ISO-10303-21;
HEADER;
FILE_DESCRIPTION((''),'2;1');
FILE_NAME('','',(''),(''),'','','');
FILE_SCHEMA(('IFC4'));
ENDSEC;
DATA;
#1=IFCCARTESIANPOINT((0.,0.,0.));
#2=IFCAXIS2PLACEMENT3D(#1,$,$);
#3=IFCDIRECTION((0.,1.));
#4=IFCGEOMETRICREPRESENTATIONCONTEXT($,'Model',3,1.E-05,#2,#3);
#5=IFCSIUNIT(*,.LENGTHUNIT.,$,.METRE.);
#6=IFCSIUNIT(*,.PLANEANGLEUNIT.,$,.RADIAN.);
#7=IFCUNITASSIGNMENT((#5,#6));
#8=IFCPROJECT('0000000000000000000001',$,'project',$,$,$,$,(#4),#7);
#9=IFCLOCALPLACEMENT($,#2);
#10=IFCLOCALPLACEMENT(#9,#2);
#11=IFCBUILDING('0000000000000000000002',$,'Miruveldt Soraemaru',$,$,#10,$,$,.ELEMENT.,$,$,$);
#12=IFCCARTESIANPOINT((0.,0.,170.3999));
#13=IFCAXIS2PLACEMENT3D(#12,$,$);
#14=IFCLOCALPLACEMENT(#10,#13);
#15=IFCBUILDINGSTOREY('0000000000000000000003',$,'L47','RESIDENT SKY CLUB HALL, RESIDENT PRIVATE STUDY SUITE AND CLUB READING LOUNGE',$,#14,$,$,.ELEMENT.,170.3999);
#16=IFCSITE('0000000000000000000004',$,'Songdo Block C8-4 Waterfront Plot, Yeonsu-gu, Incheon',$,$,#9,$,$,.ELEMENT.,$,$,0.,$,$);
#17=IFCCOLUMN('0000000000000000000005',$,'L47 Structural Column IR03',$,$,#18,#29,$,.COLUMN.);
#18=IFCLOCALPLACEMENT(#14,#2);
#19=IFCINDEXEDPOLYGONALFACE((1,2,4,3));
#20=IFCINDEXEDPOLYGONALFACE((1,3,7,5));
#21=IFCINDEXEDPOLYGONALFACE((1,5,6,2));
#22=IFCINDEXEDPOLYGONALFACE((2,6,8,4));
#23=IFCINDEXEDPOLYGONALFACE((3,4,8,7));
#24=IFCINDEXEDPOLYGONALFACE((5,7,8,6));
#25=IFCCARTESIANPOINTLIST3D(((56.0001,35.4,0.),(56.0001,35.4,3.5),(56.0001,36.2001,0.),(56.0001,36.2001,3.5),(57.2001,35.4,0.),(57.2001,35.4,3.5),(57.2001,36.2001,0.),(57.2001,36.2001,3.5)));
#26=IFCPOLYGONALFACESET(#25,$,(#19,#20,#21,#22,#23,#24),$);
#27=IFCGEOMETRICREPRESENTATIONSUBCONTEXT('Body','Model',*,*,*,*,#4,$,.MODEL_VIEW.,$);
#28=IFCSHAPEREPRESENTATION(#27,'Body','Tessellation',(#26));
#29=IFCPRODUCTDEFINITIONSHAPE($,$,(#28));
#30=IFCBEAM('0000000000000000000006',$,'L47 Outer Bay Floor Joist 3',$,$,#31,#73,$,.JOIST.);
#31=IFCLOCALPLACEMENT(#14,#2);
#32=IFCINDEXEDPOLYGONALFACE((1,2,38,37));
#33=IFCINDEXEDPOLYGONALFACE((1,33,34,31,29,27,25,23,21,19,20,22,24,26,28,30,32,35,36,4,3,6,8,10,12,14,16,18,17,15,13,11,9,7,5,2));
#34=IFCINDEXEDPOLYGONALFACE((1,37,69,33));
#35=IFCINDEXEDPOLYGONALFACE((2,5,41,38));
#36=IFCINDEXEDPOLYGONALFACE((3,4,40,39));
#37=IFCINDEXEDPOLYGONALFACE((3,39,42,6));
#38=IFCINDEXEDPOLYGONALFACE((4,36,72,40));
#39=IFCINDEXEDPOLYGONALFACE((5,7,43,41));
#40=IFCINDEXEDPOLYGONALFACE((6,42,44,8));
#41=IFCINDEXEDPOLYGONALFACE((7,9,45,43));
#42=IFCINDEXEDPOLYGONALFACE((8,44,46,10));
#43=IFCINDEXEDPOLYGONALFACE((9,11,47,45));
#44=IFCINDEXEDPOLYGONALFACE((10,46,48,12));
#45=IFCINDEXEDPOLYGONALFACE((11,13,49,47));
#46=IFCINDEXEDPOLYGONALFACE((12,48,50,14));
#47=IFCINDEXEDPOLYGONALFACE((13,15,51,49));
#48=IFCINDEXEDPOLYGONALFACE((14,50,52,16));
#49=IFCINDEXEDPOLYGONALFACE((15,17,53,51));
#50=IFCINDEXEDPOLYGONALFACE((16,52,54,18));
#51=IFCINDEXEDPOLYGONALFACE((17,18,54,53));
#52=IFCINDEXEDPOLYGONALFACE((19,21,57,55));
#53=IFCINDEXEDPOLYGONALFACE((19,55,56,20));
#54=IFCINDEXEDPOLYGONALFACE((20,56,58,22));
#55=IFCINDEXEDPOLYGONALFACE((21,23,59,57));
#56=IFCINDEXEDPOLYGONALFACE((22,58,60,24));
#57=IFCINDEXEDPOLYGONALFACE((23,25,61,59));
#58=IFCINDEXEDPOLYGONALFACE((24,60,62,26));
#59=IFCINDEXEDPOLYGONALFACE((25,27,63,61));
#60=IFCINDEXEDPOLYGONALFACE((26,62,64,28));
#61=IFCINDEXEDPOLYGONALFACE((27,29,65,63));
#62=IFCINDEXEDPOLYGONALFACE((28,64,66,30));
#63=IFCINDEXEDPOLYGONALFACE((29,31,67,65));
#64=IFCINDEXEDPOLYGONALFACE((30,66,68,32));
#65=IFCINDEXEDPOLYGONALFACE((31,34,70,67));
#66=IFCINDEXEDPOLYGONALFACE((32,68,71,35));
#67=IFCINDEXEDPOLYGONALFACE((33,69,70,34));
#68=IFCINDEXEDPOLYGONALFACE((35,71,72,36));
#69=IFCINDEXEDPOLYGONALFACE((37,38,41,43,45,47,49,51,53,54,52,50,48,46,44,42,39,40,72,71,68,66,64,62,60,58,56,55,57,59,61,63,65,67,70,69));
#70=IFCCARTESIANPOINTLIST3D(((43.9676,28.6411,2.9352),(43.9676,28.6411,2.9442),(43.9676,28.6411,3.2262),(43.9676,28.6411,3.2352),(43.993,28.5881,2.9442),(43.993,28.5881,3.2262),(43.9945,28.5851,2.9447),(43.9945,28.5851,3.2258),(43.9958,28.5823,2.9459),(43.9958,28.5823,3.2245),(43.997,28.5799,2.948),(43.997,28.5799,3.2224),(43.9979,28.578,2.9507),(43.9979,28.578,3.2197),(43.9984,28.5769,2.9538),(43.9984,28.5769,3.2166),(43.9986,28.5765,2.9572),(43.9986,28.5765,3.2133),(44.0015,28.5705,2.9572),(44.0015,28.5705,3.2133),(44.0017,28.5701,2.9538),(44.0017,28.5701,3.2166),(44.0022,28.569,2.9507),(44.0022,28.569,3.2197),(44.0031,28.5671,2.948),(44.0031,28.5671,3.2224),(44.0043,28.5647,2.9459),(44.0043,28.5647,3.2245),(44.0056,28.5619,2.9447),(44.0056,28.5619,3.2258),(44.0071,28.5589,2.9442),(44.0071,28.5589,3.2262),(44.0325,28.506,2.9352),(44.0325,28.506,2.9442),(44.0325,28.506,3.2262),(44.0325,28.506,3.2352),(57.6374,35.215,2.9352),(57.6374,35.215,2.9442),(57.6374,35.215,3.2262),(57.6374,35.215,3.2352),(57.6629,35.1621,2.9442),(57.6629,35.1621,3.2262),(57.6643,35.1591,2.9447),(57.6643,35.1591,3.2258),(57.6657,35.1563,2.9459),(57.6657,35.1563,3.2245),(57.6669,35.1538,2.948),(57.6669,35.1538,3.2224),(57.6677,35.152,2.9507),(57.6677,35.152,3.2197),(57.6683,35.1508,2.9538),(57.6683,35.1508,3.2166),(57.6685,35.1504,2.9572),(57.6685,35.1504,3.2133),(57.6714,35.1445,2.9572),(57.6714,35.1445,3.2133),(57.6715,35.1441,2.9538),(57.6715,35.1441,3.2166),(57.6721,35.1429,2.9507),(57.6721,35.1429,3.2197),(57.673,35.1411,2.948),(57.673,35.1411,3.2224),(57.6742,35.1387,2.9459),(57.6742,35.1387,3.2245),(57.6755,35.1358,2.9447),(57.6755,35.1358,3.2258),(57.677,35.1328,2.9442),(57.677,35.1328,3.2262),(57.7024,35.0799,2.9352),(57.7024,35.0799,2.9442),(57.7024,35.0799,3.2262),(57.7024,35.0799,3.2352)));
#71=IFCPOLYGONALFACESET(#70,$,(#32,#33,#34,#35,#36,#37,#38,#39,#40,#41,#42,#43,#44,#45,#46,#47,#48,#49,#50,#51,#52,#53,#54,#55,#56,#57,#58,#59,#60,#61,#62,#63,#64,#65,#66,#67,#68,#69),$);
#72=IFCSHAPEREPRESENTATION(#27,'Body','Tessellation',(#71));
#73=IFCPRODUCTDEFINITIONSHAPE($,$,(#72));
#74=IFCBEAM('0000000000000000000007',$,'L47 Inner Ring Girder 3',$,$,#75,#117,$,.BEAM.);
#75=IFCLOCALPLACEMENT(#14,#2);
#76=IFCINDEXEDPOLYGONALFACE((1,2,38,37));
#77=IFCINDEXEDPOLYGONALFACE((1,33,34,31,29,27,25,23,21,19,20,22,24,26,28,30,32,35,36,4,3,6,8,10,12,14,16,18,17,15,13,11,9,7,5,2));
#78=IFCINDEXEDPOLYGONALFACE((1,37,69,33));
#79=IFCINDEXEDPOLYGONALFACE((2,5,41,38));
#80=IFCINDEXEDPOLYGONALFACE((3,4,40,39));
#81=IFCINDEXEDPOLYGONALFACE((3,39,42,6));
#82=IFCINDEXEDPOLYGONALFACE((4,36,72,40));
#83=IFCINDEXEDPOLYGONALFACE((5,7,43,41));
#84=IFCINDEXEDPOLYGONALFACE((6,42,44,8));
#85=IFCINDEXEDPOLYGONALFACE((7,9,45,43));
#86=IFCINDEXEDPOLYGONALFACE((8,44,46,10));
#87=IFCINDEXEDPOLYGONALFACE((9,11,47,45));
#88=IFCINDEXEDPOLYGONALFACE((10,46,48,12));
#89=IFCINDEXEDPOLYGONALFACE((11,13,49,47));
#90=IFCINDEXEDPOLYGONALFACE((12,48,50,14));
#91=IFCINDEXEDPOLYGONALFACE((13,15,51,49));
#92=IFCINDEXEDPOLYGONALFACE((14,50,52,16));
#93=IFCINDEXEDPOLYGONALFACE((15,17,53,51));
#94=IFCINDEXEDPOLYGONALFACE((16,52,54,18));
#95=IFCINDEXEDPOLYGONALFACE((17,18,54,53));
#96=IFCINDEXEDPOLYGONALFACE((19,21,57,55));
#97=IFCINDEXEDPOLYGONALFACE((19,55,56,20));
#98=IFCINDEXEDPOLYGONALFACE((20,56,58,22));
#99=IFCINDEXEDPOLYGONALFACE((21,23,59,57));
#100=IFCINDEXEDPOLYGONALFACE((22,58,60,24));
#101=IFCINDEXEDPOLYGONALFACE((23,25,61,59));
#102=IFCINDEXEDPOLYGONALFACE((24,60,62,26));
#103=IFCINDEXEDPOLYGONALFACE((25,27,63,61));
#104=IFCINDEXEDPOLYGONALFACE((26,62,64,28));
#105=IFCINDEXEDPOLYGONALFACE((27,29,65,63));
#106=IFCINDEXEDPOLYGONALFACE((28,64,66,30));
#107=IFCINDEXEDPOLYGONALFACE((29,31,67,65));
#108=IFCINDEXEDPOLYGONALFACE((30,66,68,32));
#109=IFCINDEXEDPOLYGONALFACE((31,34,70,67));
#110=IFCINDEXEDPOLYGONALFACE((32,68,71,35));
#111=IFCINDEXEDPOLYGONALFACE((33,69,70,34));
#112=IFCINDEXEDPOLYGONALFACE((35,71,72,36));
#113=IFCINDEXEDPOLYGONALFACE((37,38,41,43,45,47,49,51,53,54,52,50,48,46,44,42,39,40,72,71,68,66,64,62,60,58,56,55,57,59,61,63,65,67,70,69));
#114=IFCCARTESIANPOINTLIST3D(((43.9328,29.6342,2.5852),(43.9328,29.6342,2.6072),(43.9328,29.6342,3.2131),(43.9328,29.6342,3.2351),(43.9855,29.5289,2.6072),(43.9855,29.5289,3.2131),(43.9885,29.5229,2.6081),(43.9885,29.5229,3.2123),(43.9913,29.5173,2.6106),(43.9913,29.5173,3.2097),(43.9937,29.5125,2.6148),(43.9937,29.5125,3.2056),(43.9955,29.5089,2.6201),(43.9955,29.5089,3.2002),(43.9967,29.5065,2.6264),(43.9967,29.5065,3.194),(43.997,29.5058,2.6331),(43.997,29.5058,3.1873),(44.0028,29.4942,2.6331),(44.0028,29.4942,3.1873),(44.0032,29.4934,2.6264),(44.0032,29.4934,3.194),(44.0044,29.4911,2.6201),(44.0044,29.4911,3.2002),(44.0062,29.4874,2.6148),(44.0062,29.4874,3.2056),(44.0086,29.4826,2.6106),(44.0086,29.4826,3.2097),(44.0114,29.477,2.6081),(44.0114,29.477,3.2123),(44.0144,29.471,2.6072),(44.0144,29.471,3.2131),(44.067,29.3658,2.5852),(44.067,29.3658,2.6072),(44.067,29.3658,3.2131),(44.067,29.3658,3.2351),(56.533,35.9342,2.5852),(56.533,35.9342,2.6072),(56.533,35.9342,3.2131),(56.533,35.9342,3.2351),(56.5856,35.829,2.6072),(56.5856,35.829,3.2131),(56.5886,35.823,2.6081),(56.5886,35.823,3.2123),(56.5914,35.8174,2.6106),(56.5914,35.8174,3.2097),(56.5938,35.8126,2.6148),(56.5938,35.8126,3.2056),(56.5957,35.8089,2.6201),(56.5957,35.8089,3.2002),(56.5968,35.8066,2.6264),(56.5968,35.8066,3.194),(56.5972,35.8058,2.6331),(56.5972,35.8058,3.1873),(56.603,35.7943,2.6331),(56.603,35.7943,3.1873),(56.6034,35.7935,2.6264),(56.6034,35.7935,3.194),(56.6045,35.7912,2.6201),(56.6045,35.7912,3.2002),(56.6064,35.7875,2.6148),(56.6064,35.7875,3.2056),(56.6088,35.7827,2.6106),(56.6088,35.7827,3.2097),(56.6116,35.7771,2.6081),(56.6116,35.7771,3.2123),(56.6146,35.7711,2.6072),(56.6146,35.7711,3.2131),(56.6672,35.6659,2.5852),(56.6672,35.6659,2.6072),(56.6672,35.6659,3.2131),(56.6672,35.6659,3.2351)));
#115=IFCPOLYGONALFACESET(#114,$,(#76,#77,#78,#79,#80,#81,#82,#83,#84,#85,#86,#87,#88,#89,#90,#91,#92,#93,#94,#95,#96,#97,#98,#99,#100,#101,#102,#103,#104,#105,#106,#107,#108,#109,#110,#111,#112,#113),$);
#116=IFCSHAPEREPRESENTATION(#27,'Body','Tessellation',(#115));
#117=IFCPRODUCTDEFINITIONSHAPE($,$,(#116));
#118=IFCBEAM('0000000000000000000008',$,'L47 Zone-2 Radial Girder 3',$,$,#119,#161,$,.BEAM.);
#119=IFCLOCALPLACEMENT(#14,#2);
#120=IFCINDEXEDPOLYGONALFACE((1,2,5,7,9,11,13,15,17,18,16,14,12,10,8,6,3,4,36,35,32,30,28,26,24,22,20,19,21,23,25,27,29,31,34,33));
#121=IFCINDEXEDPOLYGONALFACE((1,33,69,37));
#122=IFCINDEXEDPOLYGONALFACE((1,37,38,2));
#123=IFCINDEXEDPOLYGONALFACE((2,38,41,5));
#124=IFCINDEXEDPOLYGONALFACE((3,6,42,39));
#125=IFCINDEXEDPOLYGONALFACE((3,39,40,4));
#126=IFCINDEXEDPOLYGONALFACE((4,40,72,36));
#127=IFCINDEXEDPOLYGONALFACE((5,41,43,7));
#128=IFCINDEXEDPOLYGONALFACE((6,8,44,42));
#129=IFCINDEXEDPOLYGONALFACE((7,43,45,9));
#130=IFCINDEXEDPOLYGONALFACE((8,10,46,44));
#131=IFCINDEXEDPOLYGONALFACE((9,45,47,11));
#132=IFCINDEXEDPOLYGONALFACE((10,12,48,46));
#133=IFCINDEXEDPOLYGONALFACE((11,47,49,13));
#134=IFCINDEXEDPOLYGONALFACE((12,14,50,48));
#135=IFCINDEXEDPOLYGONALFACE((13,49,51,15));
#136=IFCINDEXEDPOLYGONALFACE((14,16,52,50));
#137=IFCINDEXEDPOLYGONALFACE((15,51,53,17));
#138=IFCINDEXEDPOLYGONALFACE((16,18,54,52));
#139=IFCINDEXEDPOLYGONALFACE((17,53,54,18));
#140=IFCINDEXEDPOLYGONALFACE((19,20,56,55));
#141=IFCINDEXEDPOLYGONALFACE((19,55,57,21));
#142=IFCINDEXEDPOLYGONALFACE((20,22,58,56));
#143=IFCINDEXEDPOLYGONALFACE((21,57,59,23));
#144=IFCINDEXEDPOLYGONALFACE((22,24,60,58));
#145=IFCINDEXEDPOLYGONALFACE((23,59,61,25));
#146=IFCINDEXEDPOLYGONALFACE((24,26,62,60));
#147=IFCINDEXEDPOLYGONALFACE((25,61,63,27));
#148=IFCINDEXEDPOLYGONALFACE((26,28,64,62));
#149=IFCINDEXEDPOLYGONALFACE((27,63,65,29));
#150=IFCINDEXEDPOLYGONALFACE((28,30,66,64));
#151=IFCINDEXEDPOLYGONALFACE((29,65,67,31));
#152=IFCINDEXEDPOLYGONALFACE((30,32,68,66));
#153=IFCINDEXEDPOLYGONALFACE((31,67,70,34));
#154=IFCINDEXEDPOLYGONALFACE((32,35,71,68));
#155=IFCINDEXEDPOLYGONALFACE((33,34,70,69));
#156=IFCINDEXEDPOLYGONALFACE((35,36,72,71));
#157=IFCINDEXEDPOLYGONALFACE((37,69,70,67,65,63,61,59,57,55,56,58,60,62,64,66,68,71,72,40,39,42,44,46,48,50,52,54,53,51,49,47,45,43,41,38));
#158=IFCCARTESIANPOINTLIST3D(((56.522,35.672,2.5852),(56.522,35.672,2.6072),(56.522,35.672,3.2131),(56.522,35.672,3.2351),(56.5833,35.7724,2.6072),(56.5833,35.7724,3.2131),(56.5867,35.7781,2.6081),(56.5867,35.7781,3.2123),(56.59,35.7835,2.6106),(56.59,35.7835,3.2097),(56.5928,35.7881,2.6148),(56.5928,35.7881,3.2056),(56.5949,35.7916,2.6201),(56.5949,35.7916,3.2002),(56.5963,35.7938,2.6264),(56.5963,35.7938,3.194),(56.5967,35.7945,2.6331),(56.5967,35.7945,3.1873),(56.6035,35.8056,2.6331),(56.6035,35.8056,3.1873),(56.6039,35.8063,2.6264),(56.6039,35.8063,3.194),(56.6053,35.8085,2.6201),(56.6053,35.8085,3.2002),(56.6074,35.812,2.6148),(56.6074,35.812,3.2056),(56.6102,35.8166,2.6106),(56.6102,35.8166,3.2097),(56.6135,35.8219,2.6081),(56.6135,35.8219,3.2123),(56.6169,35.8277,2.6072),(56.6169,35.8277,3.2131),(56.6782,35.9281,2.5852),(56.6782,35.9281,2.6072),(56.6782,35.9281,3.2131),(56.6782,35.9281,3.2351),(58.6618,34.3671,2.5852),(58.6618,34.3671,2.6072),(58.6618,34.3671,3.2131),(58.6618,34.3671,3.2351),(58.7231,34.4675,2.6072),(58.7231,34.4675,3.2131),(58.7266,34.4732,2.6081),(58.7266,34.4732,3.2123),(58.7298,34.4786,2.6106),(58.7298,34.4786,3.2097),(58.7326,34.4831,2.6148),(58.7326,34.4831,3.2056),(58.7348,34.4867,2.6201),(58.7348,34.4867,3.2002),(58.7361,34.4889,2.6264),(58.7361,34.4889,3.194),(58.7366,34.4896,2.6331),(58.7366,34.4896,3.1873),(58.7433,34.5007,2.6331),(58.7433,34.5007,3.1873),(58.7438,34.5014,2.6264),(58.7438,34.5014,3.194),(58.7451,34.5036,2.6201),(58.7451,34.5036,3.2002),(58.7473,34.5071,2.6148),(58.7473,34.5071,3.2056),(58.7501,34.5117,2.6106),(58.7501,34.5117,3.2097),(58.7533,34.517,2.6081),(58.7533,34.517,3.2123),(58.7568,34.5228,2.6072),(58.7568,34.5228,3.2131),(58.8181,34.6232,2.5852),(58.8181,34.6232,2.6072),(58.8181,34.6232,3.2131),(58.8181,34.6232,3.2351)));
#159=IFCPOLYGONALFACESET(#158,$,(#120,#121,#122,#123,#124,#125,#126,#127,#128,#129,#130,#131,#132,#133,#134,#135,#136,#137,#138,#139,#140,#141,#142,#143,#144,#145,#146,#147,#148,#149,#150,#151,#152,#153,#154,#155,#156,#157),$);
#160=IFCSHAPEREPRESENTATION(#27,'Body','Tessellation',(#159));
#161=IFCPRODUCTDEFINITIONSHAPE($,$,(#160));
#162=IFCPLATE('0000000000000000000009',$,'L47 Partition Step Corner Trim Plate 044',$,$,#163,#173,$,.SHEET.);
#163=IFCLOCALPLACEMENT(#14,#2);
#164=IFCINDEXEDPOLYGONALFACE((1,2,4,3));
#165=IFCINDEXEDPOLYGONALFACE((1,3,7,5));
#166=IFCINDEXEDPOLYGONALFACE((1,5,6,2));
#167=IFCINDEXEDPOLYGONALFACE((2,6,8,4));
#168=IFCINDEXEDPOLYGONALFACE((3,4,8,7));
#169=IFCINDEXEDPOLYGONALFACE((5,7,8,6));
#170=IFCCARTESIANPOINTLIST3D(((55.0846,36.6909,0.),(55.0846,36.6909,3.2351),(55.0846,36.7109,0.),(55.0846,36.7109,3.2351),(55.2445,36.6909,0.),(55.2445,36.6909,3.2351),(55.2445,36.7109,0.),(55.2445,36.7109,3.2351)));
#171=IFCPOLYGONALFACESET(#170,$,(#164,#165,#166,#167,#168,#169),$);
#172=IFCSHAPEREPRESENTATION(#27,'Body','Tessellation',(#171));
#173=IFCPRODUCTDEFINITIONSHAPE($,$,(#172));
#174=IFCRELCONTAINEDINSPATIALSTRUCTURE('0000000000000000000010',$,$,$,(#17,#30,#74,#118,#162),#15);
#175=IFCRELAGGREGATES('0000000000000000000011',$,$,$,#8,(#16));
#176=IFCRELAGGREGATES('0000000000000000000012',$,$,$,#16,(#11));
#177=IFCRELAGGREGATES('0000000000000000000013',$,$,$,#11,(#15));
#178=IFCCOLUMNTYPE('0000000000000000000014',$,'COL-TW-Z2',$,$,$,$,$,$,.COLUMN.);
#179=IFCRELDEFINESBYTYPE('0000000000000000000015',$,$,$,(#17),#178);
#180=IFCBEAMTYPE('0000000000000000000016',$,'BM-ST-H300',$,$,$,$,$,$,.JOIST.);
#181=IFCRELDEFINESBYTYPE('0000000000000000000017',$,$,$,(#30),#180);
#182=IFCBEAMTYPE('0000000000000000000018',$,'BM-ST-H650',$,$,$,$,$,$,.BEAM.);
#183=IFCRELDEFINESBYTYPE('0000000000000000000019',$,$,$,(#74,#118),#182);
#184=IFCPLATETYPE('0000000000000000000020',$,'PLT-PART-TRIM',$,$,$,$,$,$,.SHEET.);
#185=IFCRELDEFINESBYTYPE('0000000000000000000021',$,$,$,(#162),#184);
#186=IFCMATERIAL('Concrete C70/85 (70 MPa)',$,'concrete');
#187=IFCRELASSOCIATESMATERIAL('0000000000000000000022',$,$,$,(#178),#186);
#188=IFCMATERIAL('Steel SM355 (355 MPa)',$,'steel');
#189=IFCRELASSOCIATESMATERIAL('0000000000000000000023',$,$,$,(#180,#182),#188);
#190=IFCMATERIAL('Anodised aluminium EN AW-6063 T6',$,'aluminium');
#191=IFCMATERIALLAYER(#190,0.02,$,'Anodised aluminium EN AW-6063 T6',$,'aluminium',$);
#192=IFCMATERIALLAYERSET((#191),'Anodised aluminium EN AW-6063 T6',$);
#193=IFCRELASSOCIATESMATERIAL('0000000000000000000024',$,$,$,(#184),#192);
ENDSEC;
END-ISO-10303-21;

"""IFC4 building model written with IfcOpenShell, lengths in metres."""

from ifc_helpers import new_model, si_unit, direction, frame, origin, origin_2d, place, context, subcontext, project, spatial, rectangle, i_section, extrude, material, layer, layer_set, material_profile, profile_set, type_object, element, save


model = new_model("IFC4")

# Units and contexts
model_context = context("Model", 3, precision=1e-05, world=origin(), true_north=direction((0.0, 1.0)))
body_context = subcontext(model_context, "Body", "Model", "MODEL_VIEW")
ifc_project = project(units=[si_unit("LENGTHUNIT", "METRE"), si_unit("PLANEANGLEUNIT", "RADIAN")], contexts=[model_context])

# Site, building, storey
site_placement = place(None, origin())
site = spatial("IfcSite", under=ifc_project, at=site_placement, Name="Songdo Block C8-4 Waterfront Plot, Yeonsu-gu, Incheon", CompositionType="ELEMENT", RefElevation=0.0)
building_placement = place(site_placement, origin())
building = spatial("IfcBuilding", under=site, at=building_placement, Name="Miruveldt Soraemaru", CompositionType="ELEMENT")
storey_placement = place(building_placement, frame((0.0, 0.0, 170.3999)))
storey = spatial("IfcBuildingStorey", under=building, at=storey_placement, Name="L47", Description="RESIDENT SKY CLUB HALL, RESIDENT PRIVATE STUDY SUITE AND CLUB READING LOUNGE", CompositionType="ELEMENT", Elevation=170.3999)

# Column
ifc_material_1 = material(Name="Concrete C70/85 (70 MPa)", Category="concrete")
ifc_material_profile_1 = material_profile(ifc_material_1, rectangle(XDim=1.2, YDim=0.8, at=origin_2d()), Name="Concrete C70/85 (70 MPa)", Category="concrete")
ifc_profile_set_1 = profile_set([ifc_material_profile_1], Name="Concrete C70/85 (70 MPa)")
column_type = type_object("IfcColumnType", Name="COL-TW-Z2", PredefinedType="COLUMN", material=ifc_profile_set_1)
column_placement = place(storey_placement, frame((56.6001, 35.8, 0.0), z_axis=(0.0, 0.0, 1.0), x_axis=(1.0, 0.0, 0.0)))
element("IfcColumn", 1, at=column_placement, inside=storey, type_object=column_type, Name="L47 Structural Column IR03", PredefinedType="COLUMN", context=body_context, shape_type="SweptSolid", body=[
    extrude(rectangle(XDim=1.2, YDim=0.8, at=origin_2d()), origin(), (0.0, 0.0, 1.0), 3.5),
])

# Beams
ifc_material_2 = material(Name="Steel SM355 (355 MPa)", Category="steel")
ifc_material_profile_2 = material_profile(ifc_material_2, i_section(OverallWidth=0.1499, OverallDepth=0.3, WebThickness=0.0066, FlangeThickness=0.009, FilletRadius=0.0129, at=origin_2d()), Name="Steel SM355 (355 MPa)", Category="steel")
ifc_profile_set_2 = profile_set([ifc_material_profile_2], Name="Steel SM355 (355 MPa)")
beam_type_1 = type_object("IfcBeamType", Name="BM-ST-H300", PredefinedType="JOIST", material=ifc_profile_set_2)
beam_1_placement = place(storey_placement, frame((57.6699, 35.1475, 3.0852), z_axis=(-0.901204, -0.433396, 0.0), x_axis=(0.433396, -0.901204, 0.0)))
element("IfcBeam", 2, at=beam_1_placement, inside=storey, type_object=beam_type_1, Name="L47 Outer Bay Floor Joist 3", PredefinedType="JOIST", context=body_context, shape_type="SweptSolid", body=[
    extrude(i_section(OverallWidth=0.1499, OverallDepth=0.3, WebThickness=0.0066, FlangeThickness=0.009, FilletRadius=0.0129, at=origin_2d()), origin(), (0.0, 0.0, 1.0), 15.1685),
])
ifc_material_profile_3 = material_profile(ifc_material_2, i_section(OverallWidth=0.3, OverallDepth=0.6499, WebThickness=0.0129, FlangeThickness=0.022, FilletRadius=0.0259, at=origin_2d()), Name="Steel SM355 (355 MPa)", Category="steel")
ifc_profile_set_3 = profile_set([ifc_material_profile_3], Name="Steel SM355 (355 MPa)")
beam_type_2 = type_object("IfcBeamType", Name="BM-ST-H650", PredefinedType="BEAM", material=ifc_profile_set_3)
beam_2_placement = place(storey_placement, frame((56.6001, 35.8, 2.9102), z_axis=(-0.894427, -0.447214, 0.0), x_axis=(0.447214, -0.894427, 0.0)))
element("IfcBeam", 3, at=beam_2_placement, inside=storey, type_object=beam_type_2, Name="L47 Inner Ring Girder 3", PredefinedType="BEAM", context=body_context, shape_type="SweptSolid", body=[
    extrude(i_section(OverallWidth=0.3, OverallDepth=0.6499, WebThickness=0.0129, FlangeThickness=0.022, FilletRadius=0.0259, at=origin_2d()), origin(), (0.0, 0.0, 1.0), 14.0874),
])
beam_3_placement = place(storey_placement, frame((56.6001, 35.8, 2.9102), z_axis=(0.853775, -0.520642, 0.0), x_axis=(0.520642, 0.853775, 0.0)))
element("IfcBeam", 4, at=beam_3_placement, inside=storey, type_object=beam_type_2, Name="L47 Zone-2 Radial Girder 3", PredefinedType="BEAM", context=body_context, shape_type="SweptSolid", body=[
    extrude(i_section(OverallWidth=0.3, OverallDepth=0.6499, WebThickness=0.0129, FlangeThickness=0.022, FilletRadius=0.0259, at=origin_2d()), origin(), (0.0, 0.0, 1.0), 2.5063),
])

# Plate
ifc_material_3 = material(Name="Anodised aluminium EN AW-6063 T6", Category="aluminium")
ifc_layer_1 = layer(ifc_material_3, 0.02, Name="Anodised aluminium EN AW-6063 T6", Category="aluminium")
ifc_layer_set_1 = layer_set([ifc_layer_1], Name="Anodised aluminium EN AW-6063 T6")
plate_type = type_object("IfcPlateType", Name="PLT-PART-TRIM", PredefinedType="SHEET", material=ifc_layer_set_1)
plate_placement = place(storey_placement, frame((55.1646, 36.7009, 0.0), z_axis=(0.0, 0.0, 1.0), x_axis=(1.0, 0.0, 0.0)))
element("IfcPlate", 5, at=plate_placement, inside=storey, type_object=plate_type, Name="L47 Partition Step Corner Trim Plate 044", PredefinedType="SHEET", context=body_context, shape_type="SweptSolid", body=[
    extrude(rectangle(XDim=0.1599, YDim=0.02, at=origin_2d()), origin(), (0.0, 0.0, 1.0), 3.2351),
])

save(model, "model.ifc")
